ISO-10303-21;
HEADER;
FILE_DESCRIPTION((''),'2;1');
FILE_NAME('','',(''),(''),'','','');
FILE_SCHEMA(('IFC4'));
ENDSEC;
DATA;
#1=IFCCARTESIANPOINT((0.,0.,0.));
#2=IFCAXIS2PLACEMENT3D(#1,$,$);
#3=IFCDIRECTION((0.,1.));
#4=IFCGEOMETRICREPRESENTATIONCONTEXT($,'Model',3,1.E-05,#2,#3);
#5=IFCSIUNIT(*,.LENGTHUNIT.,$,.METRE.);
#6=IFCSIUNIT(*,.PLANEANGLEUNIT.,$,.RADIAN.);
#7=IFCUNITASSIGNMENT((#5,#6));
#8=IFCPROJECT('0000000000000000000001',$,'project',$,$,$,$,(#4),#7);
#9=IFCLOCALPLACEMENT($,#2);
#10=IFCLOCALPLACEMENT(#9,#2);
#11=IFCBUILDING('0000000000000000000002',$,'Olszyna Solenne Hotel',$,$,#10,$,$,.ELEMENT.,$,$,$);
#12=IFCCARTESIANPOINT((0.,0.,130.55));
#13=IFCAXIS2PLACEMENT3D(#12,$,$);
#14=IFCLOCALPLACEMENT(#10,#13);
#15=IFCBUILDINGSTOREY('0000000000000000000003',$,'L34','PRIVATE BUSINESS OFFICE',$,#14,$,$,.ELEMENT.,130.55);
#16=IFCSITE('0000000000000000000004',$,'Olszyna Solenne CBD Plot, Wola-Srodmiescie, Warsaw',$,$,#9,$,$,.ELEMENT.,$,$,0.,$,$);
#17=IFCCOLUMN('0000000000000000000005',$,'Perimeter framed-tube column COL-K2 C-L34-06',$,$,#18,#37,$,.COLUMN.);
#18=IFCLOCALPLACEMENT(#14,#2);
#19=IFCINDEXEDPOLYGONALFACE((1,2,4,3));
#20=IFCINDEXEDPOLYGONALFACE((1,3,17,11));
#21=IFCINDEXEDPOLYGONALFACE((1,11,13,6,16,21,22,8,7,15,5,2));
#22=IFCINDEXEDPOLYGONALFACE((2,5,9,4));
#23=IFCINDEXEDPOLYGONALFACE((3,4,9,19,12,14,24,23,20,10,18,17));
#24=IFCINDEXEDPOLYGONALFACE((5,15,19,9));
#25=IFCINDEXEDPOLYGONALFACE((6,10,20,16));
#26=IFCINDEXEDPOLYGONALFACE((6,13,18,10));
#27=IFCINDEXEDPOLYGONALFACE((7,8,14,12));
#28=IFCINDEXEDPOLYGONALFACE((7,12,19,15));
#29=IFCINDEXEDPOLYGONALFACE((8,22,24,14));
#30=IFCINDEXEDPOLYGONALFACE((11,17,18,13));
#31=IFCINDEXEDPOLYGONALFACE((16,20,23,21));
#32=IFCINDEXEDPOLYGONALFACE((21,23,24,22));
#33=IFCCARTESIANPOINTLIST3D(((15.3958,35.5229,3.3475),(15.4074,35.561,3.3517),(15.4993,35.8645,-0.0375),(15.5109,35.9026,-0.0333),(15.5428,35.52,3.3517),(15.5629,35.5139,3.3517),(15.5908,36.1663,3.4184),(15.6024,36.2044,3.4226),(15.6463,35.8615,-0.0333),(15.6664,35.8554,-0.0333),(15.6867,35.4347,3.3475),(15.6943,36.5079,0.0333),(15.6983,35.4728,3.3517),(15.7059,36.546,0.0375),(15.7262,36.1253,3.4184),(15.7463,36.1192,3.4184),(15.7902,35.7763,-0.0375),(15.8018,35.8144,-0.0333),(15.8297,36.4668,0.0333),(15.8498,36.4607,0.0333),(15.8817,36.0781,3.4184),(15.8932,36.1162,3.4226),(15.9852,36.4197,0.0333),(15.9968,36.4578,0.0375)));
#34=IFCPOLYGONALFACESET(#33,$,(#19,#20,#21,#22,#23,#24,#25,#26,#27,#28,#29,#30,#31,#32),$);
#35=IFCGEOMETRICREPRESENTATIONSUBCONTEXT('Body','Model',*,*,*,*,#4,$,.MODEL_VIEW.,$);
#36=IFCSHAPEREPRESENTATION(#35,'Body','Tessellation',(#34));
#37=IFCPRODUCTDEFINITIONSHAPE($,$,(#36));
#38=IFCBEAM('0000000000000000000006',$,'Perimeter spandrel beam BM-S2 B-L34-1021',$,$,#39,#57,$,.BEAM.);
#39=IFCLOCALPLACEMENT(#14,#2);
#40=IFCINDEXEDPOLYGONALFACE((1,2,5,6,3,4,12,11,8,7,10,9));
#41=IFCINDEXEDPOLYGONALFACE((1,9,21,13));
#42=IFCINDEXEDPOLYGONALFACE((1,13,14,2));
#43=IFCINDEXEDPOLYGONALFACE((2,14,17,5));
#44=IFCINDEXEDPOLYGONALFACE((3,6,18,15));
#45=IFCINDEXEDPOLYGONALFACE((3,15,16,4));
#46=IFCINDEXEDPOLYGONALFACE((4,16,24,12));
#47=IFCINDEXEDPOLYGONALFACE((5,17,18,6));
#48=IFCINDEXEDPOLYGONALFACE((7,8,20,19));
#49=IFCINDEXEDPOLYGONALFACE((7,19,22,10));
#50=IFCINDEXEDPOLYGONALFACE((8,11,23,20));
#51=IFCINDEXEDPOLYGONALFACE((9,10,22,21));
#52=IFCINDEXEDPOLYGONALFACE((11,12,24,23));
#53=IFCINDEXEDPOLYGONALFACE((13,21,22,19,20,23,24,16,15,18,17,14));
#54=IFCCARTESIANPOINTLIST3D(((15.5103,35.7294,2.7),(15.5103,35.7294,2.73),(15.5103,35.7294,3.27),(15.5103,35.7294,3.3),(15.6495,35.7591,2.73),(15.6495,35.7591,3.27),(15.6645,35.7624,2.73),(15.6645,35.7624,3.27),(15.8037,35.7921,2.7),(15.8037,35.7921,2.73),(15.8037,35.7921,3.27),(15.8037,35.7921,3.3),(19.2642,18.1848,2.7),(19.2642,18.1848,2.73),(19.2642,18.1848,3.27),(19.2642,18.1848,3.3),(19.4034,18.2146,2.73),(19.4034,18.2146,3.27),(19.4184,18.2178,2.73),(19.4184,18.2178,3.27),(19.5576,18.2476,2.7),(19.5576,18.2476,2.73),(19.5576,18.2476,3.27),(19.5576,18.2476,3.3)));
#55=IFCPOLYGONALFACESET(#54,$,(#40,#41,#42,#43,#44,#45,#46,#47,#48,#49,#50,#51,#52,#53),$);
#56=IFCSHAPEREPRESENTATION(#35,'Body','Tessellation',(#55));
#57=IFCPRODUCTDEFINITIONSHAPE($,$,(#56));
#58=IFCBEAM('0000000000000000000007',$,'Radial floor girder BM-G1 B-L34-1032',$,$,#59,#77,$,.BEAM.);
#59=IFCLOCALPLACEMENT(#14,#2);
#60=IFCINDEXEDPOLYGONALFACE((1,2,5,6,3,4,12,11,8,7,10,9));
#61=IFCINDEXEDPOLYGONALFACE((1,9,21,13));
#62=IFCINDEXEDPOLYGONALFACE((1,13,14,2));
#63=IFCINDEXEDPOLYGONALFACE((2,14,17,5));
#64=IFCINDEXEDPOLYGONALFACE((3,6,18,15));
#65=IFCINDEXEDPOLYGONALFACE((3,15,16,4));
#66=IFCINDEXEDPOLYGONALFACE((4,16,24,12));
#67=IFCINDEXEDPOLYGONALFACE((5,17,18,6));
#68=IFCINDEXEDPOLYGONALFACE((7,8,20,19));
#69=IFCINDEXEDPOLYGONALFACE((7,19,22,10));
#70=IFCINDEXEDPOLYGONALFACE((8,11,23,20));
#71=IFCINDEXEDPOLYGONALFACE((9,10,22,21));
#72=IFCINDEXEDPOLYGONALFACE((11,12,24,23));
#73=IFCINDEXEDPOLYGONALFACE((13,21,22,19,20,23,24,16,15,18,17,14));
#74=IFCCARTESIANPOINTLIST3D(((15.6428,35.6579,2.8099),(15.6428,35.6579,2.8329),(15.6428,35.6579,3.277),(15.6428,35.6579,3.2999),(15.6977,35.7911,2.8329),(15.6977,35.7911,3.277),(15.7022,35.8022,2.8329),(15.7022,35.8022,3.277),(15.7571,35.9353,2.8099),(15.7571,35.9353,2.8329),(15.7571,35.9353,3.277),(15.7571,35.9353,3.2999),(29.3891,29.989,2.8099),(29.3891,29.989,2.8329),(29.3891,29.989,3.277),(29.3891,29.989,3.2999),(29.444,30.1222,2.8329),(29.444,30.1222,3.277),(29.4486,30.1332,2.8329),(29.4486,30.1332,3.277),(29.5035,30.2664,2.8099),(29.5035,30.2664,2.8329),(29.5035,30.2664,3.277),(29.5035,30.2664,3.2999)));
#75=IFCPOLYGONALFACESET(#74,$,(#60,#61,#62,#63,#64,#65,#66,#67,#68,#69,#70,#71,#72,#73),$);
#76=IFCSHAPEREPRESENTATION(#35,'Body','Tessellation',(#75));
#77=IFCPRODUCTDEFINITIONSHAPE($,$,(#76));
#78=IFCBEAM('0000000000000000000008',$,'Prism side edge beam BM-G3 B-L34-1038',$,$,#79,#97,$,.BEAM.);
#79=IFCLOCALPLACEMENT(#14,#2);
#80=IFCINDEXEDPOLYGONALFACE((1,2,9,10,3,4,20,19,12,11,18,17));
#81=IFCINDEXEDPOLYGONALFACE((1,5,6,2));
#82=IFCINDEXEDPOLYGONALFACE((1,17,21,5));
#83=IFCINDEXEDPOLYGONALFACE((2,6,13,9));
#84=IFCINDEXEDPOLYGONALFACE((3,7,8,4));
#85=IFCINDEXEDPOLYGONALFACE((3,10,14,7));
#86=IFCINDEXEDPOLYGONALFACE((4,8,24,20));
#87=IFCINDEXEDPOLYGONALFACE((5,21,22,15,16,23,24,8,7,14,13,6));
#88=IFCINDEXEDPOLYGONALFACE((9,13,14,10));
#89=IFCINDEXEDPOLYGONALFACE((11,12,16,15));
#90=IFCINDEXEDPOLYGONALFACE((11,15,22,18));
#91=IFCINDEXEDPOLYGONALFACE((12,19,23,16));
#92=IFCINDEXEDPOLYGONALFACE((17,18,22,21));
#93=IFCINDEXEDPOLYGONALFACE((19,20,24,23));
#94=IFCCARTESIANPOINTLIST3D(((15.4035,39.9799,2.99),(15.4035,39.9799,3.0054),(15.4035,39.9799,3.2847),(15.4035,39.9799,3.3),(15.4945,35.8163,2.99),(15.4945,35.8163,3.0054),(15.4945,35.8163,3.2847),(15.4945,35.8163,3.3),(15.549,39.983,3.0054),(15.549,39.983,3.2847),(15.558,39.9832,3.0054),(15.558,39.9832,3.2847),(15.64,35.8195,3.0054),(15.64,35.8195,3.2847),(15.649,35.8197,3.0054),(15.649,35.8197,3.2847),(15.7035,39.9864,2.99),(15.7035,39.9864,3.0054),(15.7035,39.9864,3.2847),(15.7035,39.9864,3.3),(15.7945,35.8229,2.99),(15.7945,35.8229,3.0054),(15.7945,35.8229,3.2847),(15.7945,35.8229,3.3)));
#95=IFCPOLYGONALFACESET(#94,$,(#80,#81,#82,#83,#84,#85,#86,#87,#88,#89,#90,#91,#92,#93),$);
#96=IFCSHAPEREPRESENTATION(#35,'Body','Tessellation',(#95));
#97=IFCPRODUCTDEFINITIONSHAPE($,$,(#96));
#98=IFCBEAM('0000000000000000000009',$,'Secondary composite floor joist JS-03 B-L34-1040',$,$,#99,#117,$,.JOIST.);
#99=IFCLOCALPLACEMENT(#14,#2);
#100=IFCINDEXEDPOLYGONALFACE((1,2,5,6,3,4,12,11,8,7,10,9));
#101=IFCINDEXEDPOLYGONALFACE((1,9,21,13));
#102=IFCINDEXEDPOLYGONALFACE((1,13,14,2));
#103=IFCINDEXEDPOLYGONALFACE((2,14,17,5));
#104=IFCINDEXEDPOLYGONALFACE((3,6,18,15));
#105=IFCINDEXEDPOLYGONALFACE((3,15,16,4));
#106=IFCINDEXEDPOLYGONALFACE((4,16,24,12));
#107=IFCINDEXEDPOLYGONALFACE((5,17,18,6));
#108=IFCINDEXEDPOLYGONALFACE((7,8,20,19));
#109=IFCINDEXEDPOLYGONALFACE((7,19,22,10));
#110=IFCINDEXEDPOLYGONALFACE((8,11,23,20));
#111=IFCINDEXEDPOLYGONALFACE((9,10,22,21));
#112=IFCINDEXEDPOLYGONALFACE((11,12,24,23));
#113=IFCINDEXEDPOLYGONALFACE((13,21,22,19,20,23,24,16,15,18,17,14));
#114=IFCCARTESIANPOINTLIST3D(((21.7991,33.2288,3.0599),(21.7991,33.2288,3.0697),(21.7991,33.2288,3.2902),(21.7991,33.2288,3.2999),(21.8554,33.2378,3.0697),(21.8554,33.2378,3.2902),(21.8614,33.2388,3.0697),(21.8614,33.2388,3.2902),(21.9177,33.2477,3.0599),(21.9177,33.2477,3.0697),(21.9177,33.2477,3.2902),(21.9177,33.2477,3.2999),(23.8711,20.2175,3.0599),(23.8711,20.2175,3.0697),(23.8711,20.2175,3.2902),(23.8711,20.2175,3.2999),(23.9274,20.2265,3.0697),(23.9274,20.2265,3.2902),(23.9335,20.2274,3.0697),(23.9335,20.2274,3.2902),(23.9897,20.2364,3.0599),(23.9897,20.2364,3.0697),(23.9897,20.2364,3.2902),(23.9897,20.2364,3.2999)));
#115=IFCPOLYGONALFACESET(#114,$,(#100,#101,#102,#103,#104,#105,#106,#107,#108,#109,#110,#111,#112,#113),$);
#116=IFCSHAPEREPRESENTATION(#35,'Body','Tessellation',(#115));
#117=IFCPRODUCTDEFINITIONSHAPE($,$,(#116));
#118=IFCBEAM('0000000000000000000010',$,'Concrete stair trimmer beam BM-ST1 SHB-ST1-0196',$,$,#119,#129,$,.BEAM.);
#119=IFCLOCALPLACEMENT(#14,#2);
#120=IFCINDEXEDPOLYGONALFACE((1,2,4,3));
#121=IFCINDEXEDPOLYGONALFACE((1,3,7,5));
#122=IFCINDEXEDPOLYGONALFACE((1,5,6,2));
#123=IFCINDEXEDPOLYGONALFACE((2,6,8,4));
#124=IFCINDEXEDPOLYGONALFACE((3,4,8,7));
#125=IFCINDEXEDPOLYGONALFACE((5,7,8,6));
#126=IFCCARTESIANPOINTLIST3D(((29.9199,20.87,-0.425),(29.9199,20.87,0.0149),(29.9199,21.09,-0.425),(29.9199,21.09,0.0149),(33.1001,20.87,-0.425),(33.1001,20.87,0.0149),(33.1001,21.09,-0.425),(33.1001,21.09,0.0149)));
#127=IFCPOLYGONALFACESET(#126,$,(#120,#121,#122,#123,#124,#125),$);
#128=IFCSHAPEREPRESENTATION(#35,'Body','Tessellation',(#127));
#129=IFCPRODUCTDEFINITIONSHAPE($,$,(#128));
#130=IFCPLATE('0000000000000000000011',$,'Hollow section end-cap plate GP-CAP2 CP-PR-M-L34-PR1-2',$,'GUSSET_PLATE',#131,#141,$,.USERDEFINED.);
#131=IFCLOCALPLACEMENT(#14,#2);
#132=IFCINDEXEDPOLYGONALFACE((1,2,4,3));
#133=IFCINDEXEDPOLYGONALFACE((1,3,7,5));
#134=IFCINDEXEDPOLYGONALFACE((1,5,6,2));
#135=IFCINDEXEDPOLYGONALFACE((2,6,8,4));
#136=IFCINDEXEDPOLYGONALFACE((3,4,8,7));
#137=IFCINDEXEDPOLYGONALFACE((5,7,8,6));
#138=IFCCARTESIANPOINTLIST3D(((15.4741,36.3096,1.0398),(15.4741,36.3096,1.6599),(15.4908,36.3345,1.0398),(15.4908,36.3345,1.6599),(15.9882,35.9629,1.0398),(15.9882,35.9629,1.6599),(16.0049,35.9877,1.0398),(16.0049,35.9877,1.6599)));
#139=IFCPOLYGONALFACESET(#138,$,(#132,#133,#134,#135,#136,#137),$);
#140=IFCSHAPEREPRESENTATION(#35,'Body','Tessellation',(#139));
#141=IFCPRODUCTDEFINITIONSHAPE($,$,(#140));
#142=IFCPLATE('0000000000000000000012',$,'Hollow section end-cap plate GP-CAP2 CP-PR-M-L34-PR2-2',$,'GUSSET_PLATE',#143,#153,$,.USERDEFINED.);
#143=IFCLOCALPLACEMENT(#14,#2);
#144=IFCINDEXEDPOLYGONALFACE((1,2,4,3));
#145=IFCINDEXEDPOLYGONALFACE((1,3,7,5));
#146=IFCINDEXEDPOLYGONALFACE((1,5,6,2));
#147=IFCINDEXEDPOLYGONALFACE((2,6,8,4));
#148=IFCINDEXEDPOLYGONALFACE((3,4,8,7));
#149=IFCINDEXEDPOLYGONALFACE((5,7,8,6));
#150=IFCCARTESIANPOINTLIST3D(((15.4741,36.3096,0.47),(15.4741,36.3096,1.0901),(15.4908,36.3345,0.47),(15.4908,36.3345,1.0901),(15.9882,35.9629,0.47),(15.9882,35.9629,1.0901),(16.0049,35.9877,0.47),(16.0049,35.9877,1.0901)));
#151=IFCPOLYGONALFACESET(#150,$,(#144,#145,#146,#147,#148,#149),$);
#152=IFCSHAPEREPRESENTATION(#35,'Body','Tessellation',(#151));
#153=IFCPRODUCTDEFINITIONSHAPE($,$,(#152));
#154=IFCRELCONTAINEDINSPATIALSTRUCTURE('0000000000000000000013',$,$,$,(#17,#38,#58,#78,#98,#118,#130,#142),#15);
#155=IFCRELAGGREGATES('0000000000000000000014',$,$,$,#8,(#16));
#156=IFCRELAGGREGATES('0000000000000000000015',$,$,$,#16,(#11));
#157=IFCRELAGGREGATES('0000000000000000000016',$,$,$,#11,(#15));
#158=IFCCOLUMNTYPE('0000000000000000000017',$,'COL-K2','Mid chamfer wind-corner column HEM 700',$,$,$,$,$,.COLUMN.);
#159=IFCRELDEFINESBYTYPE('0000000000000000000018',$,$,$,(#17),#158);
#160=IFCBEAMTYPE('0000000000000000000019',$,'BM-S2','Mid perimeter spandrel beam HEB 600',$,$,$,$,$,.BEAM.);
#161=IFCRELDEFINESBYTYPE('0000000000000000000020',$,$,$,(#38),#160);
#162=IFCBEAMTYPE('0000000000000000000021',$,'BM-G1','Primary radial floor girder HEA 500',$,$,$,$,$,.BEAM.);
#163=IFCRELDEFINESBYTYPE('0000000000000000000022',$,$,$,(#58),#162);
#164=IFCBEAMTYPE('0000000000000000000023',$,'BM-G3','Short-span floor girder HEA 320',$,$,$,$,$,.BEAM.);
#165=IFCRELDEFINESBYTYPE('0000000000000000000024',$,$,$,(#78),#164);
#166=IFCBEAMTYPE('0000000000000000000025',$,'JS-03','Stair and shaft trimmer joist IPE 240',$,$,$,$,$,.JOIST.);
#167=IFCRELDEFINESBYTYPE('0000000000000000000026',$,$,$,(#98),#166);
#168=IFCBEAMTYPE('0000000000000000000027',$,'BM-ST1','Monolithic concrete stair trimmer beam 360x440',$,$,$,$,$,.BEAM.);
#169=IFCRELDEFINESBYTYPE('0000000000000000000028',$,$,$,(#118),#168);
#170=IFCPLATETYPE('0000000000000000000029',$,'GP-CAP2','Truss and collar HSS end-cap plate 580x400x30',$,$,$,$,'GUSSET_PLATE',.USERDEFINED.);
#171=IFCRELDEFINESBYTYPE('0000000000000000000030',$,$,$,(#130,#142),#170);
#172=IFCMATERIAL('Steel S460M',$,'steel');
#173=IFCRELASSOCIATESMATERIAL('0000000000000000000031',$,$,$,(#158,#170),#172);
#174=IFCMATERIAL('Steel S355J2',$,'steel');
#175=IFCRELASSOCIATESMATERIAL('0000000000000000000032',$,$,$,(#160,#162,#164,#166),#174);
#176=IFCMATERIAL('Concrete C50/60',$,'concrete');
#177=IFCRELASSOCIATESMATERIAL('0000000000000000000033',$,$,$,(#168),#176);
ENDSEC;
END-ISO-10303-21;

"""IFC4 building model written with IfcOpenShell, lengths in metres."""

from ifc_helpers import new_model, si_unit, direction, frame, origin, origin_2d, place, context, subcontext, project, spatial, rectangle, i_section, extrude, source, transform, mapped, material, material_profile, profile_set, type_object, element, save


model = new_model("IFC4")

# Units and contexts
model_context = context("Model", 3, precision=1e-05, world=origin(), true_north=direction((0.0, 1.0)))
body_context = subcontext(model_context, "Body", "Model", "MODEL_VIEW")
ifc_project = project(units=[si_unit("LENGTHUNIT", "METRE"), si_unit("PLANEANGLEUNIT", "RADIAN")], contexts=[model_context])

# Site, building, storey
site_placement = place(None, origin())
site = spatial("IfcSite", under=ifc_project, at=site_placement, Name="Olszyna Solenne CBD Plot, Wola-Srodmiescie, Warsaw", CompositionType="ELEMENT", RefElevation=0.0)
building_placement = place(site_placement, origin())
building = spatial("IfcBuilding", under=site, at=building_placement, Name="Olszyna Solenne Hotel", CompositionType="ELEMENT")
storey_placement = place(building_placement, frame((0.0, 0.0, 130.55)))
storey = spatial("IfcBuildingStorey", under=building, at=storey_placement, Name="L34", Description="PRIVATE BUSINESS OFFICE", CompositionType="ELEMENT", Elevation=130.55)

# Column
ifc_material_1 = material(Name="Steel S460M", Category="steel")
ifc_material_profile_1 = material_profile(ifc_material_1, i_section(OverallWidth=0.304, OverallDepth=0.7161, WebThickness=0.021, FlangeThickness=0.04, at=origin_2d()), Name="HEM 700", Category="load-bearing")
ifc_profile_set_1 = profile_set([ifc_material_profile_1], Name="Steel S460M")
column_type = type_object("IfcColumnType", Name="COL-K2", Description="Mid chamfer wind-corner column HEM 700", PredefinedType="COLUMN", material=ifc_profile_set_1)
shared_shape_1 = source(origin(), body_context, "Body", "SweptSolid", [
    extrude(i_section(OverallWidth=0.304, OverallDepth=0.7161, WebThickness=0.021, FlangeThickness=0.04, at=origin_2d()), origin(), (0.0, 0.0, 1.0), 3.4038),
])
column_placement = place(storey_placement, frame((15.748, 36.1611, 0.0), z_axis=(-0.030412, -0.100345, 0.994488), x_axis=(0.957013, -0.290045, 0.0)))
element("IfcColumn", 1, at=column_placement, inside=storey, type_object=column_type, Name="Perimeter framed-tube column COL-K2 C-L34-06", PredefinedType="COLUMN", context=body_context, shape_type="MappedRepresentation", body=[
    mapped(shared_shape_1, transform((0.0, 0.0, 0.0), x_axis=(1.0, 0.0, 0.0), y_axis=(0.0, 1.0, 0.0), z_axis=(0.0, 0.0, 1.0), scale=1.0)),
])

# Beams
ifc_material_2 = material(Name="Steel S355J2", Category="steel")
ifc_material_profile_2 = material_profile(ifc_material_2, i_section(OverallWidth=0.3, OverallDepth=0.6001, WebThickness=0.0154, FlangeThickness=0.03, at=origin_2d()), Name="HEB 600", Category="load-bearing")
ifc_profile_set_2 = profile_set([ifc_material_profile_2], Name="Steel S355J2")
beam_type_1 = type_object("IfcBeamType", Name="BM-S2", Description="Mid perimeter spandrel beam HEB 600", PredefinedType="BEAM", material=ifc_profile_set_2)
shared_shape_2 = source(origin(), body_context, "Body", "SweptSolid", [
    extrude(i_section(OverallWidth=0.3, OverallDepth=0.6001, WebThickness=0.0154, FlangeThickness=0.03, at=origin_2d()), origin(), (0.0, 0.0, 1.0), 17.9417),
])
beam_1_placement = place(storey_placement, frame((15.657, 35.7607, 3.0), z_axis=(0.20923, -0.977866, 0.0), x_axis=(0.977866, 0.20923, 0.0)))
element("IfcBeam", 2, at=beam_1_placement, inside=storey, type_object=beam_type_1, Name="Perimeter spandrel beam BM-S2 B-L34-1021", PredefinedType="BEAM", context=body_context, shape_type="MappedRepresentation", body=[
    mapped(shared_shape_2, transform((0.0, 0.0, 0.0), x_axis=(1.0, 0.0, 0.0), y_axis=(0.0, 1.0, 0.0), z_axis=(0.0, 0.0, 1.0), scale=1.0)),
])
ifc_material_profile_3 = material_profile(ifc_material_2, i_section(OverallWidth=0.3, OverallDepth=0.49, WebThickness=0.012, FlangeThickness=0.0229, at=origin_2d()), Name="HEA 500", Category="load-bearing")
ifc_profile_set_3 = profile_set([ifc_material_profile_3], Name="Steel S355J2")
beam_type_2 = type_object("IfcBeamType", Name="BM-G1", Description="Primary radial floor girder HEA 500", PredefinedType="BEAM", material=ifc_profile_set_3)
shared_shape_3 = source(origin(), body_context, "Body", "SweptSolid", [
    extrude(i_section(OverallWidth=0.3, OverallDepth=0.49, WebThickness=0.012, FlangeThickness=0.0229, at=origin_2d()), origin(), (0.0, 0.0, 1.0), 14.8694),
])
beam_2_placement = place(storey_placement, frame((15.7, 35.7966, 3.0549), z_axis=(0.924472, -0.381249, 0.0), x_axis=(0.381249, 0.924472, 0.0)))
element("IfcBeam", 3, at=beam_2_placement, inside=storey, type_object=beam_type_2, Name="Radial floor girder BM-G1 B-L34-1032", PredefinedType="BEAM", context=body_context, shape_type="MappedRepresentation", body=[
    mapped(shared_shape_3, transform((0.0, 0.0, 0.0), x_axis=(1.0, 0.0, 0.0), y_axis=(0.0, 1.0, 0.0), z_axis=(0.0, 0.0, 1.0), scale=1.0)),
])
ifc_material_profile_4 = material_profile(ifc_material_2, i_section(OverallWidth=0.3, OverallDepth=0.3101, WebThickness=0.009, FlangeThickness=0.0154, at=origin_2d()), Name="HEA 320", Category="load-bearing")
ifc_profile_set_4 = profile_set([ifc_material_profile_4], Name="Steel S355J2")
beam_type_3 = type_object("IfcBeamType", Name="BM-G3", Description="Short-span floor girder HEA 320", PredefinedType="BEAM", material=ifc_profile_set_4)
shared_shape_4 = source(origin(), body_context, "Body", "SweptSolid", [
    extrude(i_section(OverallWidth=0.3, OverallDepth=0.3101, WebThickness=0.009, FlangeThickness=0.0154, at=origin_2d()), origin(), (0.0, 0.0, 1.0), 4.1646),
])
beam_3_placement = place(storey_placement, frame((15.6445, 35.8196, 3.145), z_axis=(-0.021866, 0.999761, 0.0), x_axis=(-0.999761, -0.021866, 0.0)))
element("IfcBeam", 4, at=beam_3_placement, inside=storey, type_object=beam_type_3, Name="Prism side edge beam BM-G3 B-L34-1038", PredefinedType="BEAM", context=body_context, shape_type="MappedRepresentation", body=[
    mapped(shared_shape_4, transform((0.0, 0.0, 0.0), x_axis=(1.0, 0.0, 0.0), y_axis=(0.0, 1.0, 0.0), z_axis=(0.0, 0.0, 1.0), scale=1.0)),
])
ifc_material_profile_5 = material_profile(ifc_material_2, i_section(OverallWidth=0.1201, OverallDepth=0.24, WebThickness=0.0061, FlangeThickness=0.0098, at=origin_2d()), Name="IPE 240", Category="load-bearing")
ifc_profile_set_5 = profile_set([ifc_material_profile_5], Name="Steel S355J2")
beam_type_4 = type_object("IfcBeamType", Name="JS-03", Description="Stair and shaft trimmer joist IPE 240", PredefinedType="JOIST", material=ifc_profile_set_5)
shared_shape_5 = source(origin(), body_context, "Body", "SweptSolid", [
    extrude(i_section(OverallWidth=0.1201, OverallDepth=0.24, WebThickness=0.0061, FlangeThickness=0.0098, at=origin_2d()), origin(), (0.0, 0.0, 1.0), 13.1753),
])
beam_4_placement = place(storey_placement, frame((21.8584, 33.2383, 3.1799), z_axis=(0.157267, -0.987556, 0.0), x_axis=(0.987556, 0.157267, 0.0)))
element("IfcBeam", 5, at=beam_4_placement, inside=storey, type_object=beam_type_4, Name="Secondary composite floor joist JS-03 B-L34-1040", PredefinedType="JOIST", context=body_context, shape_type="MappedRepresentation", body=[
    mapped(shared_shape_5, transform((0.0, 0.0, 0.0), x_axis=(1.0, 0.0, 0.0), y_axis=(0.0, 1.0, 0.0), z_axis=(0.0, 0.0, 1.0), scale=1.0)),
])
ifc_material_3 = material(Name="Concrete C50/60", Category="concrete")
ifc_material_profile_6 = material_profile(ifc_material_3, rectangle(XDim=0.22, YDim=0.4399, at=origin_2d()), Name="RC 220x440", Category="load-bearing")
ifc_profile_set_6 = profile_set([ifc_material_profile_6], Name="Concrete C50/60")
beam_type_5 = type_object("IfcBeamType", Name="BM-ST1", Description="Monolithic concrete stair trimmer beam 360x440", PredefinedType="BEAM", material=ifc_profile_set_6)
shared_shape_6 = source(origin(), body_context, "Body", "SweptSolid", [
    extrude(rectangle(XDim=0.22, YDim=0.4399, at=origin_2d()), origin(), (0.0, 0.0, 1.0), 3.1802),
])
beam_5_placement = place(storey_placement, frame((33.1001, 20.98, -0.2051), z_axis=(-1.0, 0.0, 0.0), x_axis=(0.0, -1.0, 0.0)))
element("IfcBeam", 6, at=beam_5_placement, inside=storey, type_object=beam_type_5, Name="Concrete stair trimmer beam BM-ST1 SHB-ST1-0196", PredefinedType="BEAM", context=body_context, shape_type="MappedRepresentation", body=[
    mapped(shared_shape_6, transform((0.0, 0.0, 0.0), x_axis=(1.0, 0.0, 0.0), y_axis=(0.0, 1.0, 0.0), z_axis=(0.0, 0.0, 1.0), scale=1.0)),
])

# Plates
plate_type = type_object("IfcPlateType", Name="GP-CAP2", Description="Truss and collar HSS end-cap plate 580x400x30", ElementType="GUSSET_PLATE", PredefinedType="USERDEFINED", material=ifc_material_1)
shared_shape_7 = source(origin(), body_context, "Body", "SweptSolid", [
    extrude(rectangle(XDim=0.03, YDim=0.6201, at=origin_2d()), origin(), (0.0, 0.0, 1.0), 0.6201),
])
for number, where, z_axis, x_axis, name in (
    (7, (15.7395, 36.1487, 1.0398), (0.0, 0.0, 1.0), (-0.559193, -0.829038, 0.0), "Hollow section end-cap plate GP-CAP2 CP-PR-M-L34-PR1-2"),
    (8, (15.7395, 36.1487, 0.47), (0.0, 0.0, 1.0), (-0.559193, -0.829038, 0.0), "Hollow section end-cap plate GP-CAP2 CP-PR-M-L34-PR2-2"),
):
    element("IfcPlate", number, at=place(storey_placement, frame(where, z_axis=z_axis, x_axis=x_axis)), inside=storey, type_object=plate_type, Name=name, ObjectType="GUSSET_PLATE", PredefinedType="USERDEFINED", context=body_context, shape_type="MappedRepresentation", body=[
        mapped(shared_shape_7, transform((0.0, 0.0, 0.0), x_axis=(1.0, 0.0, 0.0), y_axis=(0.0, 1.0, 0.0), z_axis=(0.0, 0.0, 1.0), scale=1.0)),
    ])

save(model, "model.ifc")
